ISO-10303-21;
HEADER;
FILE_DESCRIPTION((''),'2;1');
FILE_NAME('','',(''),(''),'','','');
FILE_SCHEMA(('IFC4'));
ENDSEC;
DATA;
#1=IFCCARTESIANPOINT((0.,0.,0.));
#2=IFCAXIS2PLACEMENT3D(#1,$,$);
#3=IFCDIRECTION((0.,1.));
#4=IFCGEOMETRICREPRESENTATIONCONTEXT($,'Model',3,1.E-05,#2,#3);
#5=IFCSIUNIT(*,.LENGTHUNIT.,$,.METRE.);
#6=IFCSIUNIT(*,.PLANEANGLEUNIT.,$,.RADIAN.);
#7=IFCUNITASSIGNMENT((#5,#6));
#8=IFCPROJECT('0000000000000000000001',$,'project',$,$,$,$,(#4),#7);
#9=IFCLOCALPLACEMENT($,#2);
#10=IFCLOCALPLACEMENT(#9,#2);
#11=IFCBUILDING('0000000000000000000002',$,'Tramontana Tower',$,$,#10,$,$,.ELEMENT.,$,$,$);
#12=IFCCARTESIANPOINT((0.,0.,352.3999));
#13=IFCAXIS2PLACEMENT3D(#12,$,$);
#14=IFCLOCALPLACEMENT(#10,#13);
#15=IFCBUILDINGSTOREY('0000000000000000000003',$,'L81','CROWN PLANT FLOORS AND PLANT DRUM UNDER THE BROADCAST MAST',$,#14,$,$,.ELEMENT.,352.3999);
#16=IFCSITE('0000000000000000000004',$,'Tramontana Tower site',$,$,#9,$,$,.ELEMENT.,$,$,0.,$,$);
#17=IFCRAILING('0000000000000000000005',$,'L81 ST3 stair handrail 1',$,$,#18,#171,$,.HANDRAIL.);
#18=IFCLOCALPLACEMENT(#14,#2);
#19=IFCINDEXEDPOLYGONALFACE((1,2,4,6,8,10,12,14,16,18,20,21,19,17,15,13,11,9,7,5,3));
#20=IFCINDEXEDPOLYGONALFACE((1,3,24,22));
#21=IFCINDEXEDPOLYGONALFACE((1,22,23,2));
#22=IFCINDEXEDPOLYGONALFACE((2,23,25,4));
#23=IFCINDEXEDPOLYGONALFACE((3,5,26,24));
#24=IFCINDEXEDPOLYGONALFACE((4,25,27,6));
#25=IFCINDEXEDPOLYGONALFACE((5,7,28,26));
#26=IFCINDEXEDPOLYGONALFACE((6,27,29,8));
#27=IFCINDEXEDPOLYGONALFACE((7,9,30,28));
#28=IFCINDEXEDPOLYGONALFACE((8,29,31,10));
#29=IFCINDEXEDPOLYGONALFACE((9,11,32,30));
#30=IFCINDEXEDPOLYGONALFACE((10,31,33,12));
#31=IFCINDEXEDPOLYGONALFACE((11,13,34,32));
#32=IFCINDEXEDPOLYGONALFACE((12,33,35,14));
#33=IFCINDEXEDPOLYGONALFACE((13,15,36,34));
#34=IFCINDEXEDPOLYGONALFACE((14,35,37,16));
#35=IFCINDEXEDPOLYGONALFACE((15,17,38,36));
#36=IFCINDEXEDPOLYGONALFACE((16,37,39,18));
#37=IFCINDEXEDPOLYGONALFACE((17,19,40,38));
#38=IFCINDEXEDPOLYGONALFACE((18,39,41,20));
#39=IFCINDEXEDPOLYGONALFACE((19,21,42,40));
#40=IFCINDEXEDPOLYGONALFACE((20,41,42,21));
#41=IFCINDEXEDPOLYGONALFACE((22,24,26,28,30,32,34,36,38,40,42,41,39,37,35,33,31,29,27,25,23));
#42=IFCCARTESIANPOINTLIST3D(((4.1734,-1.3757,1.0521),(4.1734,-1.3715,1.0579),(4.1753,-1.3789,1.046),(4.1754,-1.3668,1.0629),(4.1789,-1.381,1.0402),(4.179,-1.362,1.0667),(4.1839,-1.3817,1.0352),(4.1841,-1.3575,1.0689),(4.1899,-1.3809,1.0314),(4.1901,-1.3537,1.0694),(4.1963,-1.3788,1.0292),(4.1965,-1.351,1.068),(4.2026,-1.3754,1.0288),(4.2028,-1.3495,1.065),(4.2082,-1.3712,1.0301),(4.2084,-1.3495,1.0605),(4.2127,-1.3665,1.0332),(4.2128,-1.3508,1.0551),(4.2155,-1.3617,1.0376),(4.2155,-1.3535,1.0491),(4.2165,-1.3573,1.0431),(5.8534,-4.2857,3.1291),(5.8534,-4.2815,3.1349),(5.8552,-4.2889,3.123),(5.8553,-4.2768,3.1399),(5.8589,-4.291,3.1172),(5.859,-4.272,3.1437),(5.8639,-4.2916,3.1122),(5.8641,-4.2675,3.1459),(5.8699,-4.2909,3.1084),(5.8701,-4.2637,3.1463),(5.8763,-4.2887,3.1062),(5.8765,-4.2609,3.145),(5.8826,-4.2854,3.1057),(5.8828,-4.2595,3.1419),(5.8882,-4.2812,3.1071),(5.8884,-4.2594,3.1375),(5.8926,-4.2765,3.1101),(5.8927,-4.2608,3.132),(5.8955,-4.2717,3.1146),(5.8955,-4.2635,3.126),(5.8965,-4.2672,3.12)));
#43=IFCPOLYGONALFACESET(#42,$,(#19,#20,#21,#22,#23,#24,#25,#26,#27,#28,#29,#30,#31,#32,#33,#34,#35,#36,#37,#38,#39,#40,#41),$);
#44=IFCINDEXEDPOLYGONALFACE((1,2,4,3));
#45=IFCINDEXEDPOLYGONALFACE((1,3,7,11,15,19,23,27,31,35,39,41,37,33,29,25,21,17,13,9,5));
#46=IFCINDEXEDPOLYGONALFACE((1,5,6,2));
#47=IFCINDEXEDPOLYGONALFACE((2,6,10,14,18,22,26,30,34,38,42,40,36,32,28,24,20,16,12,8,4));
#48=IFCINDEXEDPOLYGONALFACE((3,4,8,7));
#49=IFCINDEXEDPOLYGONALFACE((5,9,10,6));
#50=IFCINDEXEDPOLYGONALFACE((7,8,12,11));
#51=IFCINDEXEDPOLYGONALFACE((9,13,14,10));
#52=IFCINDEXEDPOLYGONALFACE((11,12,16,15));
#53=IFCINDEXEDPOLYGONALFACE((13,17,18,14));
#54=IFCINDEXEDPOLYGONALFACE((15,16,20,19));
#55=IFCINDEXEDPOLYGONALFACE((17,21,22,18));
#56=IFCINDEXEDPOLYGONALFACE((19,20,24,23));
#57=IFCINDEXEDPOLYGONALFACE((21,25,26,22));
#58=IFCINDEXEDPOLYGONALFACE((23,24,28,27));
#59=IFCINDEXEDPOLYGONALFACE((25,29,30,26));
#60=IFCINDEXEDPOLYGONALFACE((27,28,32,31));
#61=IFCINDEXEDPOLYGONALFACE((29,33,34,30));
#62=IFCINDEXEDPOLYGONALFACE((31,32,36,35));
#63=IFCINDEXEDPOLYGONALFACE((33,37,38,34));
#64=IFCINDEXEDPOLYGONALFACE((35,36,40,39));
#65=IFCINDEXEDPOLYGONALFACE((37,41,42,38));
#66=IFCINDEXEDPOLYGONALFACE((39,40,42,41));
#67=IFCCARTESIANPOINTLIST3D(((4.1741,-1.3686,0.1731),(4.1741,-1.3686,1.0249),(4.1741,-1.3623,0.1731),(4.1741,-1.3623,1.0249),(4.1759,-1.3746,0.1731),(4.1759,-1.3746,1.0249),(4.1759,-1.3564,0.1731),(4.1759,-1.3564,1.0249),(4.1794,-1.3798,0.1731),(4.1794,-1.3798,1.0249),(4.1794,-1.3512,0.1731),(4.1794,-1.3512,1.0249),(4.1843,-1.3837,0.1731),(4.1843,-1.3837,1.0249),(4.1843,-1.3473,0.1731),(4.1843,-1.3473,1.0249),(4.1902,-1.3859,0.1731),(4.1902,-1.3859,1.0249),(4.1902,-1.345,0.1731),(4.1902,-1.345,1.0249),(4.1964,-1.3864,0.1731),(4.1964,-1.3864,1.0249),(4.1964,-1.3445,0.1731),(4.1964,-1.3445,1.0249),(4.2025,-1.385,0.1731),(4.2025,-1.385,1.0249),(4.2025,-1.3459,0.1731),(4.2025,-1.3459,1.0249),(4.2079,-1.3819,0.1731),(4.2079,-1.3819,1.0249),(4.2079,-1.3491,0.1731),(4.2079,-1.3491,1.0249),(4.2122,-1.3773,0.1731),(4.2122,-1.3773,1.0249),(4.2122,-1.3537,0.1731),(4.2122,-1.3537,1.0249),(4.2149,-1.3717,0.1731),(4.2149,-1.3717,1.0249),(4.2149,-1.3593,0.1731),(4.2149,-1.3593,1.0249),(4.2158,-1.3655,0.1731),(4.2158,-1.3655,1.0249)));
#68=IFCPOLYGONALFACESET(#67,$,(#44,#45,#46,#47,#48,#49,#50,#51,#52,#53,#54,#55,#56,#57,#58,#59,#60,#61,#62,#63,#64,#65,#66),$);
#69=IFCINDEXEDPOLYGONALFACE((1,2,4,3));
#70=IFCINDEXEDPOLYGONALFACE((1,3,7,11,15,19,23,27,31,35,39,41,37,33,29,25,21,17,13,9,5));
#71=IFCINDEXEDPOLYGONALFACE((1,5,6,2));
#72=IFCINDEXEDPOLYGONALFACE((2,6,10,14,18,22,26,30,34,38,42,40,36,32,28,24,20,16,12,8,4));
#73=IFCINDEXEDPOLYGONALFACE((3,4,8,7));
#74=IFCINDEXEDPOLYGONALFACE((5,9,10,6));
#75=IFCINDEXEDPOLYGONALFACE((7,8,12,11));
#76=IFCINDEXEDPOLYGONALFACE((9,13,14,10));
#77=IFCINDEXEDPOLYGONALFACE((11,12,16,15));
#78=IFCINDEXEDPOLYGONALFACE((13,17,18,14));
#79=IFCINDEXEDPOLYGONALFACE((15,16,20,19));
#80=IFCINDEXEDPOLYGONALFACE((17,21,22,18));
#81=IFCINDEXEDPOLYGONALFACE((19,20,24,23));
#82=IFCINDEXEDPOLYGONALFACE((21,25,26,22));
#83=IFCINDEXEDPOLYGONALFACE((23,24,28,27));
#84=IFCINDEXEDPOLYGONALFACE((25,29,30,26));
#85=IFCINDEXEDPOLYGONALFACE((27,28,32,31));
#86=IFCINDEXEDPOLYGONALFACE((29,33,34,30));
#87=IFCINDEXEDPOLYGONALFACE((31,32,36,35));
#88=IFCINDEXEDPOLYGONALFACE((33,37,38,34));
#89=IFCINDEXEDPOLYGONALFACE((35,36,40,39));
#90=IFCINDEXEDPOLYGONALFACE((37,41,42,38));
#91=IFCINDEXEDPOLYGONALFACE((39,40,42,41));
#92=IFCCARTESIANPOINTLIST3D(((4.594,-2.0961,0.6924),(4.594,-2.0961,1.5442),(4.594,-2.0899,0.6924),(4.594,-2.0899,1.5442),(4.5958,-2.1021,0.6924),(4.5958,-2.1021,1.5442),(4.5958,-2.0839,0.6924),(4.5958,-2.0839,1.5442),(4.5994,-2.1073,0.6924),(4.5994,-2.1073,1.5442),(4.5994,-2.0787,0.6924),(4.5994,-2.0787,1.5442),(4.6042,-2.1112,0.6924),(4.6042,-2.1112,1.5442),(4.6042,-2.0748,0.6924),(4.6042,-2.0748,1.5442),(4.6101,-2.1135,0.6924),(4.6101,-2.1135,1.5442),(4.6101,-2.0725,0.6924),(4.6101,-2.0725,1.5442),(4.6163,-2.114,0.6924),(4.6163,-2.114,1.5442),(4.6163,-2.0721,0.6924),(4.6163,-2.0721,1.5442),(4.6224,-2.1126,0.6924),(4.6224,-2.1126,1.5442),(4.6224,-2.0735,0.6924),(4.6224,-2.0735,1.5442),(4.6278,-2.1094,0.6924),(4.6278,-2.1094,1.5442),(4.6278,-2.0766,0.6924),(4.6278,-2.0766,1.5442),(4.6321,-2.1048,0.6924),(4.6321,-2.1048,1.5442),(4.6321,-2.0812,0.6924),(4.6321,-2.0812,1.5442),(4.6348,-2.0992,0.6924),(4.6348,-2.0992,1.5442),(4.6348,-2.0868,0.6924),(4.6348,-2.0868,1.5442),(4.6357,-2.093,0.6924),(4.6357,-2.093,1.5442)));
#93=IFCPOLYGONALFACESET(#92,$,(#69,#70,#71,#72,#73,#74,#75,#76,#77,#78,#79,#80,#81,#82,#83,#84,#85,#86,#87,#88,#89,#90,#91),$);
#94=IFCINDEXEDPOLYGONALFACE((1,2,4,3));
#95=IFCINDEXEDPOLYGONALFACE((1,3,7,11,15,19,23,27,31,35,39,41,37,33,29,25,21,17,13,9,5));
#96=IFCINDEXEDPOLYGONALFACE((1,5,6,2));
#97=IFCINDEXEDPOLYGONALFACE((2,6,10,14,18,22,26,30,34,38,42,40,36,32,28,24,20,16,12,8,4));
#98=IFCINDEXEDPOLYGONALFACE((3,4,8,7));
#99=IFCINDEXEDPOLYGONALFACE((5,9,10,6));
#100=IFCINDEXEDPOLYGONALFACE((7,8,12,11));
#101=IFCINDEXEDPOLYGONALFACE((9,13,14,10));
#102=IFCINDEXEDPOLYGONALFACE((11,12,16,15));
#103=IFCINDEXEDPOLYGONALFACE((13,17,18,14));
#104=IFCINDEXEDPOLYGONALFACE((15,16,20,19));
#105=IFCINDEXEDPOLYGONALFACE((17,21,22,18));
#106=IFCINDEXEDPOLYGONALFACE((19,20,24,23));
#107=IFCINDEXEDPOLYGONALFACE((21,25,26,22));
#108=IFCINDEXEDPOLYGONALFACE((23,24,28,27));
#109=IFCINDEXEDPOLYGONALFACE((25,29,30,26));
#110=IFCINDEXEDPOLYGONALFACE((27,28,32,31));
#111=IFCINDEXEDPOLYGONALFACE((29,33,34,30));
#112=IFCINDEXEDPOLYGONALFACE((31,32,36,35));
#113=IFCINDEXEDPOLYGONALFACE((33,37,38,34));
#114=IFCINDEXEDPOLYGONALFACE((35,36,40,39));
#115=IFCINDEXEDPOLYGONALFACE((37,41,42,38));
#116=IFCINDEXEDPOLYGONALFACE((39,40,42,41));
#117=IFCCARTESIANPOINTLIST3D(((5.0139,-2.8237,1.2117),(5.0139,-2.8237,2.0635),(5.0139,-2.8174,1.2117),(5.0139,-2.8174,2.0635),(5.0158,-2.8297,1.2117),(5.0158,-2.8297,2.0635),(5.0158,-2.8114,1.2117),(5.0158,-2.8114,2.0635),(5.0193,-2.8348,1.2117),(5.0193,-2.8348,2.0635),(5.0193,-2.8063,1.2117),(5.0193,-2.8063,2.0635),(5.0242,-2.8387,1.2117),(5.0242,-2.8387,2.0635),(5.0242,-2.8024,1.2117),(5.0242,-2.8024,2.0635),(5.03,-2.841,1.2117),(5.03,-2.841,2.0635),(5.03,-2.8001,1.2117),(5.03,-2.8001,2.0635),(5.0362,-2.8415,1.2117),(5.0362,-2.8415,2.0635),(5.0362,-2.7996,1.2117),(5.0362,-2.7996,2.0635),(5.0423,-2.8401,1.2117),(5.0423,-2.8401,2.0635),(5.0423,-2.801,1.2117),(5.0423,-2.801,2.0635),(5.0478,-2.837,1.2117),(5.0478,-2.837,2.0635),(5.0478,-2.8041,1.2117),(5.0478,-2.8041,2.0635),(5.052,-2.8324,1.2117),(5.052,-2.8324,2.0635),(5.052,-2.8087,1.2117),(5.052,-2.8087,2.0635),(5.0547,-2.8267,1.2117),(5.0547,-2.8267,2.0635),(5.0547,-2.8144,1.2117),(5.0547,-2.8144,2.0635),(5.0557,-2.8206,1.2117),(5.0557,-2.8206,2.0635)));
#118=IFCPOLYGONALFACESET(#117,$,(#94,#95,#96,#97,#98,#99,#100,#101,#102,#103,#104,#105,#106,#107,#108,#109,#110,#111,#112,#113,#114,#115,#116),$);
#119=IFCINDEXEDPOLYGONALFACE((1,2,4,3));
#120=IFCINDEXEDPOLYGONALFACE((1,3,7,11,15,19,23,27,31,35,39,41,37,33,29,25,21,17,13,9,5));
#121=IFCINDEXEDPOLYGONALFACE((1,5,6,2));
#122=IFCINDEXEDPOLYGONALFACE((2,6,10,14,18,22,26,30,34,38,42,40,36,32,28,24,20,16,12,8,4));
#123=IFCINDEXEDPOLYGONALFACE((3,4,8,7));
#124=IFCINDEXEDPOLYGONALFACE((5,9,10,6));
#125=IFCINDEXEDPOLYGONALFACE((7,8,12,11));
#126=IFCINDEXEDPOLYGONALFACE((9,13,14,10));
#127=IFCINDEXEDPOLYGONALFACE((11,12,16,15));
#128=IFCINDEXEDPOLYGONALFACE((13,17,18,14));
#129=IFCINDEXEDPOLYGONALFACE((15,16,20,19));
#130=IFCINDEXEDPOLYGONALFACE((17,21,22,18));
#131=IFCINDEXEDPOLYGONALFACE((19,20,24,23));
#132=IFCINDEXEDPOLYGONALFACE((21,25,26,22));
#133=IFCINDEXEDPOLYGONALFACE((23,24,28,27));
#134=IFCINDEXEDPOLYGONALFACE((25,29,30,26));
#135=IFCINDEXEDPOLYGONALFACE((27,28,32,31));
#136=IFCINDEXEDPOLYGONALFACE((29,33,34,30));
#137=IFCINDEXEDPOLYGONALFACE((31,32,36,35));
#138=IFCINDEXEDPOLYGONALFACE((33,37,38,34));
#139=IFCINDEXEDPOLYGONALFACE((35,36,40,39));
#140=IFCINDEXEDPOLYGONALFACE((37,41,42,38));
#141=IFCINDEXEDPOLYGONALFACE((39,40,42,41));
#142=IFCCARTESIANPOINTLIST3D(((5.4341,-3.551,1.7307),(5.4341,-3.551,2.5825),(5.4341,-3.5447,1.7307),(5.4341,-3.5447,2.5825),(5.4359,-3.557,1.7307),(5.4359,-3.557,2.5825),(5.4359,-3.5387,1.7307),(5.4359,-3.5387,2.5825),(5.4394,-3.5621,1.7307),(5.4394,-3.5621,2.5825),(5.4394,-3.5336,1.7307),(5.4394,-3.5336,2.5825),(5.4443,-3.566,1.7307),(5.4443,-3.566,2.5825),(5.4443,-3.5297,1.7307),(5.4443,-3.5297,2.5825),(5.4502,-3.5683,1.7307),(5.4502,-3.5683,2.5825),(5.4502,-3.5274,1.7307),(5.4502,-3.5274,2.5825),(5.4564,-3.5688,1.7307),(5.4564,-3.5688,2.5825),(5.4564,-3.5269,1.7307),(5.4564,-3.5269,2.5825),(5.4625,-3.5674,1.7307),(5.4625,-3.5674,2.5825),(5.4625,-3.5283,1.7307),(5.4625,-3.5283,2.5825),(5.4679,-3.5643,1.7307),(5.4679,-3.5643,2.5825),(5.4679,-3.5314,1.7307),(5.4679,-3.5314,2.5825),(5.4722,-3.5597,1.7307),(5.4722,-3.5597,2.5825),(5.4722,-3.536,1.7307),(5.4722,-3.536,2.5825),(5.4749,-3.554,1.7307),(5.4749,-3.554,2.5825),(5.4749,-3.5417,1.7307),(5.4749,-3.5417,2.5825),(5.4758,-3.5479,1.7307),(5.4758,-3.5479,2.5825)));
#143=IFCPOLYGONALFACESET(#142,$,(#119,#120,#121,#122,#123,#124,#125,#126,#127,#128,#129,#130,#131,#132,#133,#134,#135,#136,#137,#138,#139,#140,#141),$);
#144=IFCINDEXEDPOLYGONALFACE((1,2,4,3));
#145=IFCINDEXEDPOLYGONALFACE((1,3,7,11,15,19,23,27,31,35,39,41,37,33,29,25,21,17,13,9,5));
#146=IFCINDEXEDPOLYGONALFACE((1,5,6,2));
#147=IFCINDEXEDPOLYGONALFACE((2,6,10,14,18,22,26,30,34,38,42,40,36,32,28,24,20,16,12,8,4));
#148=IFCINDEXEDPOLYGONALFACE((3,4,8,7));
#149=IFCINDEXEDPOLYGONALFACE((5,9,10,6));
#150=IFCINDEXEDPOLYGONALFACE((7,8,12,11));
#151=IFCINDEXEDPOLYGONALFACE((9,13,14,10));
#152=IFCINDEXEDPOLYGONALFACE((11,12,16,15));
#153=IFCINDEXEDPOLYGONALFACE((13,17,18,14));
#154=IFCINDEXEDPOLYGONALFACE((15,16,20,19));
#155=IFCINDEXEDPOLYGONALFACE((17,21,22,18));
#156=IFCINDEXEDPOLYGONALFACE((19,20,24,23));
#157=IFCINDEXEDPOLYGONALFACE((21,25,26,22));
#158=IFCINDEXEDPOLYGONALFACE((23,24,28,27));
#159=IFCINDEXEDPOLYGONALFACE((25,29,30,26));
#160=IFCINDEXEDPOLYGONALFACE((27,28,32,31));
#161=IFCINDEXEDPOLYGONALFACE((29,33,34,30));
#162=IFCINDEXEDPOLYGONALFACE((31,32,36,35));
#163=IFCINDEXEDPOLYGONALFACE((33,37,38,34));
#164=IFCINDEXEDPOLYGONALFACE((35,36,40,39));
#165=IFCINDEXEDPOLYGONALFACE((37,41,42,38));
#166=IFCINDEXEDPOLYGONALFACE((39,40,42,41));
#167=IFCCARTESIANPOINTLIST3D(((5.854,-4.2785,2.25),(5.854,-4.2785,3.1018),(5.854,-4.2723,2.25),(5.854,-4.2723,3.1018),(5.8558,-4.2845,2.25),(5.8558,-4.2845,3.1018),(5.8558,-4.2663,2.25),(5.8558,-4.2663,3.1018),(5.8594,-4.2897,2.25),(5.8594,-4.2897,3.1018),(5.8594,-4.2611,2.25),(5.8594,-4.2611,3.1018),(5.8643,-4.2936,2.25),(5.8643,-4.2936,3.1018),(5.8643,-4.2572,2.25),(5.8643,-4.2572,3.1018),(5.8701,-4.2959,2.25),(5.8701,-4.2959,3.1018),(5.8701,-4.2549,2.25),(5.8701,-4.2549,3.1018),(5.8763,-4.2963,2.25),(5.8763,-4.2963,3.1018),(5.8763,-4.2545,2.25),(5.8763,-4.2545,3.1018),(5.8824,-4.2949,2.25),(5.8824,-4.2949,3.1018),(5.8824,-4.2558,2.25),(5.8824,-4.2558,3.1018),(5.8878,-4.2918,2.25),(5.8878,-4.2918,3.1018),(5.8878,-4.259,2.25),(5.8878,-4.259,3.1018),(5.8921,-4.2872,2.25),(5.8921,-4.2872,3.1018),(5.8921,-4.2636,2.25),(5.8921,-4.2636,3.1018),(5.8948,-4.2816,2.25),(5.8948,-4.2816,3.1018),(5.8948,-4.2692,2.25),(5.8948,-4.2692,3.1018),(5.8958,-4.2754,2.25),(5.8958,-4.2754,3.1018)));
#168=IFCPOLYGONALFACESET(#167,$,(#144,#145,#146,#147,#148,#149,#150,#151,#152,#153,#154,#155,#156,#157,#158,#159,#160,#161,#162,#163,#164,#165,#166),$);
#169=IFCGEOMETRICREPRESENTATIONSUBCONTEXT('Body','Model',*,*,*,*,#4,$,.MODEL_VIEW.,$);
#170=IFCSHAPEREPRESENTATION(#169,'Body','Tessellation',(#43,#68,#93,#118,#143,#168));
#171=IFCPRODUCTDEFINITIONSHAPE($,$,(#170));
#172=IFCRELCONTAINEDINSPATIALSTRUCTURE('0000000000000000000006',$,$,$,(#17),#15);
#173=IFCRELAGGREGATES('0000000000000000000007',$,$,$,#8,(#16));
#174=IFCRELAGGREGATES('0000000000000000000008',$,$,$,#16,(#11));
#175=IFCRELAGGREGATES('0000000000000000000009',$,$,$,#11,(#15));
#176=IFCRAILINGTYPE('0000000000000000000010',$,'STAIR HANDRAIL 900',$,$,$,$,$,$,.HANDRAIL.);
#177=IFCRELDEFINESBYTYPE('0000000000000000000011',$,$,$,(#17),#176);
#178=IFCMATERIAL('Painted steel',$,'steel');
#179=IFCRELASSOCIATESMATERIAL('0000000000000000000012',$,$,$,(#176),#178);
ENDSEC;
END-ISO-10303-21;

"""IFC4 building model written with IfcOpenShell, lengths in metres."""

from ifc_helpers import new_model, si_unit, direction, frame, origin, origin_2d, place, context, subcontext, project, spatial, circle, extrude, material, type_object, element, save


model = new_model("IFC4")

# Units and contexts
model_context = context("Model", 3, precision=1e-05, world=origin(), true_north=direction((0.0, 1.0)))
body_context = subcontext(model_context, "Body", "Model", "MODEL_VIEW")
ifc_project = project(units=[si_unit("LENGTHUNIT", "METRE"), si_unit("PLANEANGLEUNIT", "RADIAN")], contexts=[model_context])

# Site, building, storey
site_placement = place(None, origin())
site = spatial("IfcSite", under=ifc_project, at=site_placement, Name="Tramontana Tower site", CompositionType="ELEMENT", RefElevation=0.0)
building_placement = place(site_placement, origin())
building = spatial("IfcBuilding", under=site, at=building_placement, Name="Tramontana Tower", CompositionType="ELEMENT")
storey_placement = place(building_placement, frame((0.0, 0.0, 352.3999)))
storey = spatial("IfcBuildingStorey", under=building, at=storey_placement, Name="L81", Description="CROWN PLANT FLOORS AND PLANT DRUM UNDER THE BROADCAST MAST", CompositionType="ELEMENT", Elevation=352.3999)

# Railing
ifc_material_1 = material(Name="Painted steel", Category="steel")
railing_type_1 = type_object("IfcRailingType", Name="STAIR HANDRAIL 900", PredefinedType="HANDRAIL", material=ifc_material_1)
railing_1_placement = place(storey_placement, frame((4.1948, -1.3655, 0.1731)))
element("IfcRailing", 1, at=railing_1_placement, inside=storey, type_object=railing_type_1, Name="L81 ST3 stair handrail 1", PredefinedType="HANDRAIL", context=body_context, shape_type="SweptSolid", body=[
    extrude(circle(Radius=0.0239, at=origin_2d()), frame((0.0, 0.0, 0.876), z_axis=(0.425288, -0.736668, 0.525785), x_axis=(0.866039, 0.499976, 0.0)), (0.0, 0.0, 1.0), 3.9502),
    extrude(circle(Radius=0.021, at=origin_2d()), origin(), (0.0, 0.0, 1.0), 0.8518),
    extrude(circle(Radius=0.021, at=origin_2d()), frame((0.4199, -0.7275, 0.5193)), (0.0, 0.0, 1.0), 0.8518),
    extrude(circle(Radius=0.021, at=origin_2d()), frame((0.8398, -1.4551, 1.0386)), (0.0, 0.0, 1.0), 0.8518),
    extrude(circle(Radius=0.021, at=origin_2d()), frame((1.26, -2.1824, 1.5576)), (0.0, 0.0, 1.0), 0.8518),
    extrude(circle(Radius=0.021, at=origin_2d()), frame((1.6799, -2.9099, 2.0769)), (0.0, 0.0, 1.0), 0.8518),
])

save(model, "model.ifc")
